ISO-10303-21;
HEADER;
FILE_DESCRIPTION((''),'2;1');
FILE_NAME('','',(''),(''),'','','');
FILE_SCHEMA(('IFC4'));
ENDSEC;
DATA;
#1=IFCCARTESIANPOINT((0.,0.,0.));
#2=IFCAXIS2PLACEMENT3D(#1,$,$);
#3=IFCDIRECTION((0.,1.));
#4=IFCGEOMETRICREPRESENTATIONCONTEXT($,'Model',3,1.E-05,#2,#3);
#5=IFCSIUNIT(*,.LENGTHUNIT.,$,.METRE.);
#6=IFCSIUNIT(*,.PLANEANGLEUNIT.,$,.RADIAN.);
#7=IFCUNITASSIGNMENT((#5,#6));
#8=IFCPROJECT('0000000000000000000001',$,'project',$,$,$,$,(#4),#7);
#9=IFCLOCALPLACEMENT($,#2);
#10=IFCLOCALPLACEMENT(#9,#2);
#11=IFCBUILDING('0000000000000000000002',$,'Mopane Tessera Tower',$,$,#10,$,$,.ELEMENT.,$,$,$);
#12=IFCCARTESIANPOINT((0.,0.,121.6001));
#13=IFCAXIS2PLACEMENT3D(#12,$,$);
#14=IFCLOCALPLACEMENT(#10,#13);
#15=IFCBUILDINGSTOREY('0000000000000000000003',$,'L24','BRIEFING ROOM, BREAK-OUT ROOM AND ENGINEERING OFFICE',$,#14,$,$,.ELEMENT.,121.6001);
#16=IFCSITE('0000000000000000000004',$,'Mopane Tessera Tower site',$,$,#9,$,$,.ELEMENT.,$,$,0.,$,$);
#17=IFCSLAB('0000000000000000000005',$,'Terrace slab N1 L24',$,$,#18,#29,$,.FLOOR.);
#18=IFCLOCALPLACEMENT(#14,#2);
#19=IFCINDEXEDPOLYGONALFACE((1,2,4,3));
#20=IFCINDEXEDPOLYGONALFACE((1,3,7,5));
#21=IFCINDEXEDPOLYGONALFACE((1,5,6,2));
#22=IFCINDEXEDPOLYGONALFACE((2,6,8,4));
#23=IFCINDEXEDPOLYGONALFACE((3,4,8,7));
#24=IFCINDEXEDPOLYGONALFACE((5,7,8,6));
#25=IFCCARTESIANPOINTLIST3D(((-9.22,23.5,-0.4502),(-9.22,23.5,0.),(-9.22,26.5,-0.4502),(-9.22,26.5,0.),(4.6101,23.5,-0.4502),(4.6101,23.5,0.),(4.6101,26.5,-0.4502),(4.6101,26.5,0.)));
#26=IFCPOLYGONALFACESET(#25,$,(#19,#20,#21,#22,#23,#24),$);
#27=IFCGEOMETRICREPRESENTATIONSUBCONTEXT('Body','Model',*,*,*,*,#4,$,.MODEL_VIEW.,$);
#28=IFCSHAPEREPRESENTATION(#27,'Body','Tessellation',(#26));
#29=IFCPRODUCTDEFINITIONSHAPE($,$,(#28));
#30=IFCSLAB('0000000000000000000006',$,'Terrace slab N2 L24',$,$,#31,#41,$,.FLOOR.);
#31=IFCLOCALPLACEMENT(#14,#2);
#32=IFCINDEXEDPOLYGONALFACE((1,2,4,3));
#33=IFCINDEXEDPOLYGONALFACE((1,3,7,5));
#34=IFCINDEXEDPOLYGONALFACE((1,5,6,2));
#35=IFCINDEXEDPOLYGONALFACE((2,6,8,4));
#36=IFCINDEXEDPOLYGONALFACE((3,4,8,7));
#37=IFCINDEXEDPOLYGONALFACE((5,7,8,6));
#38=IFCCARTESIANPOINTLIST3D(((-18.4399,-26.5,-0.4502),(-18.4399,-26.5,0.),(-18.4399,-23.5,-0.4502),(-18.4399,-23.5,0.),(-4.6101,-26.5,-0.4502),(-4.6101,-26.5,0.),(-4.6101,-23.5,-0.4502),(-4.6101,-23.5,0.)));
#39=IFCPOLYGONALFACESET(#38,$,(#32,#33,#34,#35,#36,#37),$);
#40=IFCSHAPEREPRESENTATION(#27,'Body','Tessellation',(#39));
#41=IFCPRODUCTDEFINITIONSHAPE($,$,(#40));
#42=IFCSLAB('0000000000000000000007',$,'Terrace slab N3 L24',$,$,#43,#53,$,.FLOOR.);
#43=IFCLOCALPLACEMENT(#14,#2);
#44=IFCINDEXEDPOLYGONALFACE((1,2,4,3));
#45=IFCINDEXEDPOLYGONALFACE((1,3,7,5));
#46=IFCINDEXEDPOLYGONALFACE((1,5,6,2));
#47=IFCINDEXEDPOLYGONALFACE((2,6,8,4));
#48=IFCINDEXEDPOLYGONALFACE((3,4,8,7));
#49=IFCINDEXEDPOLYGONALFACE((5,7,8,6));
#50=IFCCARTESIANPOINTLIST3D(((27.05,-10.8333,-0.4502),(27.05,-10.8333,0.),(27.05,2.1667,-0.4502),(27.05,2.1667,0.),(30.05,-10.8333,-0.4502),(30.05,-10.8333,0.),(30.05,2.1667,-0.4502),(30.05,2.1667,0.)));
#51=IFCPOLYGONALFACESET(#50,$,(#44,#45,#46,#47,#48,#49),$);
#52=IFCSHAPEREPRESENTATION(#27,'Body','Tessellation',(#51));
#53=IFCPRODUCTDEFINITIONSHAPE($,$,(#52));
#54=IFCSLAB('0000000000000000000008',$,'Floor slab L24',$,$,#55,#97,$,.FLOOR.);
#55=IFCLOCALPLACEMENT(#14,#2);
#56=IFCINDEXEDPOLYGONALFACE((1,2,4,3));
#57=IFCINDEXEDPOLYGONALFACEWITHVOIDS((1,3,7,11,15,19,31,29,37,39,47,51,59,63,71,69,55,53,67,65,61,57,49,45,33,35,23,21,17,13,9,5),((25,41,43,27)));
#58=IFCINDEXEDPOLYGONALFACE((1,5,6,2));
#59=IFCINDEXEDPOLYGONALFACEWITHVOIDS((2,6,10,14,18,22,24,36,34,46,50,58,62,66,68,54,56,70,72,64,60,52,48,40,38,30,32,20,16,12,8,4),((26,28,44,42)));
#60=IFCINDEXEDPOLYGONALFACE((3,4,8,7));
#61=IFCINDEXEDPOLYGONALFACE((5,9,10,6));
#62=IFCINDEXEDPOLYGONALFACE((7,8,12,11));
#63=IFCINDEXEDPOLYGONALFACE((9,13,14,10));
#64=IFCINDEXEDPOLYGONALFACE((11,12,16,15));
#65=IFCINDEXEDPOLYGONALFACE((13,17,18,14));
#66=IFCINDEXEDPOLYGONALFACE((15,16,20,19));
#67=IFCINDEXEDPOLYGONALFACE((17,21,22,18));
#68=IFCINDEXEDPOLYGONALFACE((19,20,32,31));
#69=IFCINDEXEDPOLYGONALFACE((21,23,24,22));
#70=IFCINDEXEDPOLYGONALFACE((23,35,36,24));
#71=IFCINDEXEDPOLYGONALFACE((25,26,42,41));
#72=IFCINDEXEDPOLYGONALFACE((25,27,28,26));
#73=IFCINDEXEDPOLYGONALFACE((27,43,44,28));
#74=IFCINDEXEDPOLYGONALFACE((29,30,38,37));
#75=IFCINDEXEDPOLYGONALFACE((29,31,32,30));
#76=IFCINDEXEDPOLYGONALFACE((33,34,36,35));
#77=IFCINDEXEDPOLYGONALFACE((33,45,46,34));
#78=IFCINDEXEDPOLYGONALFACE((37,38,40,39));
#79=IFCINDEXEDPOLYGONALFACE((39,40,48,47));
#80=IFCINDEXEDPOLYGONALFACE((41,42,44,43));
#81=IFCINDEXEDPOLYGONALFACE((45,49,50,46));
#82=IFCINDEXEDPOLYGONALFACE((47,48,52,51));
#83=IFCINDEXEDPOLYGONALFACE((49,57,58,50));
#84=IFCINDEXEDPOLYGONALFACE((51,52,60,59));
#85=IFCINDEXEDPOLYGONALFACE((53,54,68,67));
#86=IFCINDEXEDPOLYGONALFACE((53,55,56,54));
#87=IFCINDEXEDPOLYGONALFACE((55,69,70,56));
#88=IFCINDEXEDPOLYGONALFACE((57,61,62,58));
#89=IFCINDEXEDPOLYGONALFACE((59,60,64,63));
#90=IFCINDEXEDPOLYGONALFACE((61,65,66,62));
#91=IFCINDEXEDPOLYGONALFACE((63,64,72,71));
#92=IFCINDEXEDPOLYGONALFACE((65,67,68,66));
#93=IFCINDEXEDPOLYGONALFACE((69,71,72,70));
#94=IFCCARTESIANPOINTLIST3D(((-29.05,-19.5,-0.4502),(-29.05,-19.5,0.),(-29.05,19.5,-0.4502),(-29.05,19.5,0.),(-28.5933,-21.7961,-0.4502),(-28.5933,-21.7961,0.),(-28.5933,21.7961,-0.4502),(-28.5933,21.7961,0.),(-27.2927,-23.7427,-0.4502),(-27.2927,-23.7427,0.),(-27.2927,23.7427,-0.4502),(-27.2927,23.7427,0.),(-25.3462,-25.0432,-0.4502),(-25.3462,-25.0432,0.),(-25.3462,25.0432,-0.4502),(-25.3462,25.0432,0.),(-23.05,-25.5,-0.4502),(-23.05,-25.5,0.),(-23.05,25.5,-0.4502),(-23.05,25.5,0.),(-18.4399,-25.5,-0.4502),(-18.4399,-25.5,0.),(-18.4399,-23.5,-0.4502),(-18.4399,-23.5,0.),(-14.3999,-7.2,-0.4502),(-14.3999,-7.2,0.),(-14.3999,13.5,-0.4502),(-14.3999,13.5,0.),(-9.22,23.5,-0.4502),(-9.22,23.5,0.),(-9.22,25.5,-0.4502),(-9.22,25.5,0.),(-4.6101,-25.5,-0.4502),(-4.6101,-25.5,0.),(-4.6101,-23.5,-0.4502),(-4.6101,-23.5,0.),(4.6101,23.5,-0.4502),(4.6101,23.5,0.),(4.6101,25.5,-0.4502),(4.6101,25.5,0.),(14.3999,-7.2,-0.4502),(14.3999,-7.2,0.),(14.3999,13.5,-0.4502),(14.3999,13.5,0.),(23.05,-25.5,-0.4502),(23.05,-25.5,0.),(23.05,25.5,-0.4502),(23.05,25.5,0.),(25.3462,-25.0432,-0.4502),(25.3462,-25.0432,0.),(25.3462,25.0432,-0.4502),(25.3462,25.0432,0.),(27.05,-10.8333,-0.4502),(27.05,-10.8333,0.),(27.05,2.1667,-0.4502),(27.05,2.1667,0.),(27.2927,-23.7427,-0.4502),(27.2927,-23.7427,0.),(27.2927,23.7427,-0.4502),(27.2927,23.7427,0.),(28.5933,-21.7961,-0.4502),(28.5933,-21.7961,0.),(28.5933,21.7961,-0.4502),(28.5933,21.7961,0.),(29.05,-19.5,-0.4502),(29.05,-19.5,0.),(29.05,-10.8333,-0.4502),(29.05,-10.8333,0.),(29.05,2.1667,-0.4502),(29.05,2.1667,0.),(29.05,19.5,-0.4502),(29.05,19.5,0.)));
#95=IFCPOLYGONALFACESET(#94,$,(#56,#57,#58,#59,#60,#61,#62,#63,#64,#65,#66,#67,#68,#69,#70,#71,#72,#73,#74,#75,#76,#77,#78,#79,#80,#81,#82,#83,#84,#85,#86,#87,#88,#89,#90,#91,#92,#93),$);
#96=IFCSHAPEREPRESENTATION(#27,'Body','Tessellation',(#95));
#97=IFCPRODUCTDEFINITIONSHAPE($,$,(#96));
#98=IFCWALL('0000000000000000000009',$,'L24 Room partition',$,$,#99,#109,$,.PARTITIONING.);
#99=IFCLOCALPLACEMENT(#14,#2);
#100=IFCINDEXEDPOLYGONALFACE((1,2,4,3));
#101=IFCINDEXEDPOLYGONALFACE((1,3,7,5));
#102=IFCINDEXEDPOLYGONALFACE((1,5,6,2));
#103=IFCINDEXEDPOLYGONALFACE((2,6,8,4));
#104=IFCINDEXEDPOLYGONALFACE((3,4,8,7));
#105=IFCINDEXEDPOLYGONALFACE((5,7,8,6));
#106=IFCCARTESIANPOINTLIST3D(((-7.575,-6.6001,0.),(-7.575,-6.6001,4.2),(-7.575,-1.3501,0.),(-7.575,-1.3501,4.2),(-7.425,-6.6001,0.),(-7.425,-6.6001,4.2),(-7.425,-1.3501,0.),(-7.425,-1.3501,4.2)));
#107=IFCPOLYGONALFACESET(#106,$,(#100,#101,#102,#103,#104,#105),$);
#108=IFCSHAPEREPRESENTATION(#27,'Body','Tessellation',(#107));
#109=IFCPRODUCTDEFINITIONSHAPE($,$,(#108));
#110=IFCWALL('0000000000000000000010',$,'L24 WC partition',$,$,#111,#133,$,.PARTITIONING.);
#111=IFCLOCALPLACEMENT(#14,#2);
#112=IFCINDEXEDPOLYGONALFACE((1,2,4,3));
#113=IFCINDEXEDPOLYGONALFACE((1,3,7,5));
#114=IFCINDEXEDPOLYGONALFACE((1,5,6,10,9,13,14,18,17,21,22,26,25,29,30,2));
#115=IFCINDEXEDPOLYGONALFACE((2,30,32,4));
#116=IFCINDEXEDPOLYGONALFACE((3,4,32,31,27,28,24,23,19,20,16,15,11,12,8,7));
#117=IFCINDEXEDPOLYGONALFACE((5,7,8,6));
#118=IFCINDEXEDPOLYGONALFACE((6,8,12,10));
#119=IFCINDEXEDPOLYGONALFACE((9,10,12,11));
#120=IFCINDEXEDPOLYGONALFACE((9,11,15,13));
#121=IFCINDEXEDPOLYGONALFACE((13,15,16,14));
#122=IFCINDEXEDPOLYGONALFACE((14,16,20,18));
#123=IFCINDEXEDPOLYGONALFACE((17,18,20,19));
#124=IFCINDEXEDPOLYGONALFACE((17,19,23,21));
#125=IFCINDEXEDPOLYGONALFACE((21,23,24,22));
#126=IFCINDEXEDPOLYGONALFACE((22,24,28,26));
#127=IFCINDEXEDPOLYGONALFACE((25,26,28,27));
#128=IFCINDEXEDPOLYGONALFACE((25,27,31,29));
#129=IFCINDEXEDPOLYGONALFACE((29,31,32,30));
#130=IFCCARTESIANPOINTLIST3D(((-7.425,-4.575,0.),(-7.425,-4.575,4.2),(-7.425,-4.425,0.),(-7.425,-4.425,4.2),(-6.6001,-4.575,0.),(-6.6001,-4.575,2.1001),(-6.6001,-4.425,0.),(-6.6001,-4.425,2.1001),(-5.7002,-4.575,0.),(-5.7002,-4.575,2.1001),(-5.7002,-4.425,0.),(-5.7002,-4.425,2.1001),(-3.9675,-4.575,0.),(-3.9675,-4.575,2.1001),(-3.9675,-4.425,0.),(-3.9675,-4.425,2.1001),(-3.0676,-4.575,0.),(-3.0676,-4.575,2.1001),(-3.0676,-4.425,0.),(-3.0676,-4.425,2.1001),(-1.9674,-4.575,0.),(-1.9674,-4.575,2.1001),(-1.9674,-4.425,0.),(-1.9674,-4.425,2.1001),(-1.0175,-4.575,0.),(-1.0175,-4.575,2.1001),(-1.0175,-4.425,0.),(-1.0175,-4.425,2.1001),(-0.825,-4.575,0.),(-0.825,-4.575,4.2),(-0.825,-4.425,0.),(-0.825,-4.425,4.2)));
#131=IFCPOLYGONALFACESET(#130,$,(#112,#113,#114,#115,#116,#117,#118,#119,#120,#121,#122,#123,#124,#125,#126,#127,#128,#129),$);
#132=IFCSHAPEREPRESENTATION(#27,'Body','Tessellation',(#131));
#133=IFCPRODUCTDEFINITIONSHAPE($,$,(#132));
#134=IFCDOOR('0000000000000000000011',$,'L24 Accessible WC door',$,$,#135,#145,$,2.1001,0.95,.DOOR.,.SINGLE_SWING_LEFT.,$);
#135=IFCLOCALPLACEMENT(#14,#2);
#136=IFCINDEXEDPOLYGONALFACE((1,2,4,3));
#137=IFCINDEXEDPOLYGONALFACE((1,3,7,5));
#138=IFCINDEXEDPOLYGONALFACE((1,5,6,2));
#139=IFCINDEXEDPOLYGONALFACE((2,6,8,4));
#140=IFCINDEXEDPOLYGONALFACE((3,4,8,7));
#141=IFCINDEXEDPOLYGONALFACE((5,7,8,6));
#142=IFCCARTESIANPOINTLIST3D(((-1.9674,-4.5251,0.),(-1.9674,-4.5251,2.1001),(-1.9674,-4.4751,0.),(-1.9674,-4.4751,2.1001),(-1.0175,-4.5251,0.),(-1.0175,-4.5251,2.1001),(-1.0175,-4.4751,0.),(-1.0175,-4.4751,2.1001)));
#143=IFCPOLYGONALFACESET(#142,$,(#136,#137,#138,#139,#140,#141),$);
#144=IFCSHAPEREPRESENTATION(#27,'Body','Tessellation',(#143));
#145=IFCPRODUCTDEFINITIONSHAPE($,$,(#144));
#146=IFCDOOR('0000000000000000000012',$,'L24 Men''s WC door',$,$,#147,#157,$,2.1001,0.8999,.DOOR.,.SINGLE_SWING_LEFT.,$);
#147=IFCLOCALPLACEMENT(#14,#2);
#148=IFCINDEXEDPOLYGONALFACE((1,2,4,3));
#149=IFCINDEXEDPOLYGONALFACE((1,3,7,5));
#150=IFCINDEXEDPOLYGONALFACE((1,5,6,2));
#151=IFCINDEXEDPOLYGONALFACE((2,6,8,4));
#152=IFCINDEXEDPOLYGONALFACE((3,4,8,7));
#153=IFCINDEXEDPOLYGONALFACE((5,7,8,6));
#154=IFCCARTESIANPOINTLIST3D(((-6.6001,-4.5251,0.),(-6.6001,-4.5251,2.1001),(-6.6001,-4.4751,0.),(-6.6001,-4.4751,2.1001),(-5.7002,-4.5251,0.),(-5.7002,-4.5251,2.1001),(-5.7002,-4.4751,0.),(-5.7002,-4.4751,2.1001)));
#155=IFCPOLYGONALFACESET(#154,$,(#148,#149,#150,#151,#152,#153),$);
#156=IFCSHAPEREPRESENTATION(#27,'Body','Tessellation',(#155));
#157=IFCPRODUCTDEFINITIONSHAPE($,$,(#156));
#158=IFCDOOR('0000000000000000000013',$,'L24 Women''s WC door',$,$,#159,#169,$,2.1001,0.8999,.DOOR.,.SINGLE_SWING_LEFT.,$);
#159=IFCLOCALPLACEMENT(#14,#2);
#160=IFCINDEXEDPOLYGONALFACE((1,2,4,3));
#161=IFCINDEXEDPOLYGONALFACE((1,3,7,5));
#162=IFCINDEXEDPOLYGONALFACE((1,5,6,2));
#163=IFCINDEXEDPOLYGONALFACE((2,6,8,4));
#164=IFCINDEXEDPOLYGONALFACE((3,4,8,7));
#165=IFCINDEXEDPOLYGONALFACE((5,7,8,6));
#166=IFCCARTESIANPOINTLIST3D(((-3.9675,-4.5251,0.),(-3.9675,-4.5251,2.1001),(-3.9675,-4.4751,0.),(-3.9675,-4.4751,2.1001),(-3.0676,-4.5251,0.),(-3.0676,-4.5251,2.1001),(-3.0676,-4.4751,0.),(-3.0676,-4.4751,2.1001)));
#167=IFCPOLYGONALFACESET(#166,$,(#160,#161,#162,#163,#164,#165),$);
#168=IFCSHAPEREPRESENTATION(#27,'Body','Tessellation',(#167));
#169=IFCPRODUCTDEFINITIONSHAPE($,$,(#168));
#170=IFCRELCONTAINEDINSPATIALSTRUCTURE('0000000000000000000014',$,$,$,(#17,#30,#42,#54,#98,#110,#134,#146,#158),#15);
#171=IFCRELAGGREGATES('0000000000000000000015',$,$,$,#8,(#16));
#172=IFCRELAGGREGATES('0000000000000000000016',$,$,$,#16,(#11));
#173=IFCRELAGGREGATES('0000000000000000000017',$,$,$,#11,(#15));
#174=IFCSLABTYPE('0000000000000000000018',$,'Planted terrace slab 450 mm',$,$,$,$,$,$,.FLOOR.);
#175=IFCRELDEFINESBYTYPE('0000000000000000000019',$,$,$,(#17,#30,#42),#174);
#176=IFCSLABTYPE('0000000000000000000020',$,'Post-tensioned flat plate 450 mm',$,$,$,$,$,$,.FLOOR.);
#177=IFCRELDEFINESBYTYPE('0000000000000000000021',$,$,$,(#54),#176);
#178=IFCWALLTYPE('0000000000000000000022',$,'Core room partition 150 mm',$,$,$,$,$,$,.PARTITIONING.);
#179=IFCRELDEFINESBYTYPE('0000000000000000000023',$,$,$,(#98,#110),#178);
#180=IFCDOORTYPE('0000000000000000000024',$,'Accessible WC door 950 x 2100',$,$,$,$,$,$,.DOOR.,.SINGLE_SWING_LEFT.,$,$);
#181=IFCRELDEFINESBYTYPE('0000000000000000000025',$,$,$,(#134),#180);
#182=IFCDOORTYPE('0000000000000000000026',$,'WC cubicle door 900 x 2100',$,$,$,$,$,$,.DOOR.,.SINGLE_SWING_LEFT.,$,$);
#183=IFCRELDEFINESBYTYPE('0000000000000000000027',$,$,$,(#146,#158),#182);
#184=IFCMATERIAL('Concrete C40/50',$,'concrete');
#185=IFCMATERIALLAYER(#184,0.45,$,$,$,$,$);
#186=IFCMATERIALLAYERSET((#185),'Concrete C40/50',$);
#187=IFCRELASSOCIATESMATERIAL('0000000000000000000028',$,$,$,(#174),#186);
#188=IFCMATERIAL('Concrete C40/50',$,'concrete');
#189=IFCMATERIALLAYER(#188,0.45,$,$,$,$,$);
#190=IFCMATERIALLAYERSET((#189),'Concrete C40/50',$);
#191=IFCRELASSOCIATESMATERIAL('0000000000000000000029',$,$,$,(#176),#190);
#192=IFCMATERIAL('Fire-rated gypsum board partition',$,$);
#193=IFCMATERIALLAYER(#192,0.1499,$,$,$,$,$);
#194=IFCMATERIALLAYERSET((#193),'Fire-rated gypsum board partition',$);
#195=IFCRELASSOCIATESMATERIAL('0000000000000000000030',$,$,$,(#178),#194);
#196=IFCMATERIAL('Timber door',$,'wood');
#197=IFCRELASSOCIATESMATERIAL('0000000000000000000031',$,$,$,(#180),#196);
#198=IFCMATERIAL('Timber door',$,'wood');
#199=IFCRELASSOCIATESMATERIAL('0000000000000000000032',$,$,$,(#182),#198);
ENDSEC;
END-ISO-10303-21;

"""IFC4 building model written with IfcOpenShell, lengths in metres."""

from ifc_helpers import new_model, si_unit, direction, frame, frame_2d, origin, place, context, subcontext, project, spatial, polyline, rectangle, outline, extrude, material, layer, layer_set, type_object, element, fill, save


model = new_model("IFC4")

# Units and contexts
model_context = context("Model", 3, precision=1e-05, world=origin(), true_north=direction((0.0, 1.0)))
body_context = subcontext(model_context, "Body", "Model", "MODEL_VIEW")
ifc_project = project(units=[si_unit("LENGTHUNIT", "METRE"), si_unit("PLANEANGLEUNIT", "RADIAN")], contexts=[model_context])

# Site, building, storey
site_placement = place(None, origin())
site = spatial("IfcSite", under=ifc_project, at=site_placement, Name="Mopane Tessera Tower site", CompositionType="ELEMENT", RefElevation=0.0)
building_placement = place(site_placement, origin())
building = spatial("IfcBuilding", under=site, at=building_placement, Name="Mopane Tessera Tower", CompositionType="ELEMENT")
storey_placement = place(building_placement, frame((0.0, 0.0, 121.6001)))
storey = spatial("IfcBuildingStorey", under=building, at=storey_placement, Name="L24", Description="BRIEFING ROOM, BREAK-OUT ROOM AND ENGINEERING OFFICE", CompositionType="ELEMENT", Elevation=121.6001)

# Slabs
ifc_material_1 = material(Name="Concrete C40/50", Category="concrete")
ifc_layer_1 = layer(ifc_material_1, 0.45)
ifc_layer_set_1 = layer_set([ifc_layer_1], Name="Concrete C40/50")
slab_type_1 = type_object("IfcSlabType", Name="Planted terrace slab 450 mm", PredefinedType="FLOOR", material=ifc_layer_set_1)
slab_1_placement = place(storey_placement, frame((0.0, 0.0, -0.4502)))
element("IfcSlab", 1, at=slab_1_placement, inside=storey, type_object=slab_type_1, Name="Terrace slab N1 L24", PredefinedType="FLOOR", context=body_context, shape_type="SweptSolid", body=[
    extrude(outline(polyline([(-9.22, 26.5), (-9.22, 23.5), (4.6101, 23.5), (4.6101, 26.5), (-9.22, 26.5)])), origin(), (0.0, 0.0, 1.0), 0.4502),
])
slab_2_placement = place(storey_placement, frame((0.0, 0.0, -0.4502)))
element("IfcSlab", 2, at=slab_2_placement, inside=storey, type_object=slab_type_1, Name="Terrace slab N2 L24", PredefinedType="FLOOR", context=body_context, shape_type="SweptSolid", body=[
    extrude(outline(polyline([(-4.6101, -26.5), (-4.6101, -23.5), (-18.4399, -23.5), (-18.4399, -26.5), (-4.6101, -26.5)])), origin(), (0.0, 0.0, 1.0), 0.4502),
])
slab_3_placement = place(storey_placement, frame((0.0, 0.0, -0.4502)))
element("IfcSlab", 3, at=slab_3_placement, inside=storey, type_object=slab_type_1, Name="Terrace slab N3 L24", PredefinedType="FLOOR", context=body_context, shape_type="SweptSolid", body=[
    extrude(outline(polyline([(30.05, 2.1667), (27.05, 2.1667), (27.05, -10.8333), (30.05, -10.8333), (30.05, 2.1667)])), origin(), (0.0, 0.0, 1.0), 0.4502),
])
ifc_material_2 = material(Name="Concrete C40/50", Category="concrete")
ifc_layer_2 = layer(ifc_material_2, 0.45)
ifc_layer_set_2 = layer_set([ifc_layer_2], Name="Concrete C40/50")
slab_type_2 = type_object("IfcSlabType", Name="Post-tensioned flat plate 450 mm", PredefinedType="FLOOR", material=ifc_layer_set_2)
slab_4_placement = place(storey_placement, frame((0.0, 0.0, -0.4502)))
element("IfcSlab", 4, at=slab_4_placement, inside=storey, type_object=slab_type_2, Name="Floor slab L24", PredefinedType="FLOOR", context=body_context, shape_type="SweptSolid", body=[
    extrude(outline(polyline([(-23.05, -25.5), (-18.4399, -25.5), (-18.4399, -23.5), (-4.6101, -23.5), (-4.6101, -25.5), (23.05, -25.5), (25.3462, -25.0432), (27.2927, -23.7427), (28.5933, -21.7961), (29.05, -19.5), (29.05, -10.8333), (27.05, -10.8333), (27.05, 2.1667), (29.05, 2.1667), (29.05, 19.5), (28.5933, 21.7961), (27.2927, 23.7427), (25.3462, 25.0432), (23.05, 25.5), (4.6101, 25.5), (4.6101, 23.5), (-9.22, 23.5), (-9.22, 25.5), (-23.05, 25.5), (-25.3462, 25.0432), (-27.2927, 23.7427), (-28.5933, 21.7961), (-29.05, 19.5), (-29.05, -19.5), (-28.5933, -21.7961), (-27.2927, -23.7427), (-25.3462, -25.0432), (-23.05, -25.5)]), holes=[polyline([(14.3999, -7.2), (-14.3999, -7.2), (-14.3999, 13.5), (14.3999, 13.5), (14.3999, -7.2)])]), origin(), (0.0, 0.0, 1.0), 0.4502),
])

# Wall
ifc_material_3 = material(Name="Fire-rated gypsum board partition")
ifc_layer_3 = layer(ifc_material_3, 0.1499)
ifc_layer_set_3 = layer_set([ifc_layer_3], Name="Fire-rated gypsum board partition")
wall_type_1 = type_object("IfcWallType", Name="Core room partition 150 mm", PredefinedType="PARTITIONING", material=ifc_layer_set_3)
wall_1_placement = place(storey_placement, frame((-7.5, -6.6001, 0.0), z_axis=(0.0, 0.0, 1.0), x_axis=(0.0, 1.0, 0.0)))
element("IfcWall", 5, at=wall_1_placement, inside=storey, type_object=wall_type_1, Name="L24 Room partition", PredefinedType="PARTITIONING", context=body_context, shape_type="SweptSolid", body=[
    extrude(rectangle(XDim=5.25, YDim=0.1499, at=frame_2d((2.625, 0.0))), origin(), (0.0, 0.0, 1.0), 4.2),
])

# Wall, openings, doors
wall_2_placement = place(storey_placement, frame((-7.425, -4.5, 0.0), z_axis=(0.0, 0.0, 1.0), x_axis=(1.0, 0.0, 0.0)))
wall_2 = element("IfcWall", 6, at=wall_2_placement, inside=storey, type_object=wall_type_1, Name="L24 WC partition", PredefinedType="PARTITIONING", context=body_context, shape_type="SweptSolid", body=[
    extrude(rectangle(XDim=6.6001, YDim=0.1499, at=frame_2d((3.3, 0.0))), origin(), (0.0, 0.0, 1.0), 4.2),
])
opening_1_placement = place(wall_2_placement, frame((0.825, 0.0, 0.0)))
opening_1 = element("IfcOpeningElement", 7, at=opening_1_placement, cuts=wall_2, PredefinedType="OPENING", context=body_context, shape_type="SweptSolid", body=[
    extrude(rectangle(XDim=0.8999, YDim=2.1001, at=frame_2d((0.45, 1.05))), frame((0.0, 0.0869, 0.0), z_axis=(0.0, -1.0, 0.0), x_axis=(1.0, 0.0, 0.0)), (0.0, 0.0, 1.0), 0.1738),
])
opening_2_placement = place(wall_2_placement, frame((3.4575, 0.0, 0.0)))
opening_2 = element("IfcOpeningElement", 8, at=opening_2_placement, cuts=wall_2, PredefinedType="OPENING", context=body_context, shape_type="SweptSolid", body=[
    extrude(rectangle(XDim=0.8999, YDim=2.1001, at=frame_2d((0.45, 1.05))), frame((0.0, 0.0869, 0.0), z_axis=(0.0, -1.0, 0.0), x_axis=(1.0, 0.0, 0.0)), (0.0, 0.0, 1.0), 0.1738),
])
opening_3_placement = place(wall_2_placement, frame((5.4575, 0.0, 0.0)))
opening_3 = element("IfcOpeningElement", 9, at=opening_3_placement, cuts=wall_2, PredefinedType="OPENING", context=body_context, shape_type="SweptSolid", body=[
    extrude(rectangle(XDim=0.95, YDim=2.1001, at=frame_2d((0.4751, 1.05))), frame((0.0, 0.0869, 0.0), z_axis=(0.0, -1.0, 0.0), x_axis=(1.0, 0.0, 0.0)), (0.0, 0.0, 1.0), 0.1738),
])
ifc_material_4 = material(Name="Timber door", Category="wood")
door_type_1 = type_object("IfcDoorType", Name="Accessible WC door 950 x 2100", OperationType="SINGLE_SWING_LEFT", PredefinedType="DOOR", material=ifc_material_4)
door_1_placement = place(opening_3_placement, origin())
door_1 = element("IfcDoor", 10, at=door_1_placement, inside=storey, type_object=door_type_1, Name="L24 Accessible WC door", OperationType="SINGLE_SWING_LEFT", OverallHeight=2.1001, OverallWidth=0.95, PredefinedType="DOOR", context=body_context, shape_type="SweptSolid", body=[
    extrude(rectangle(XDim=0.95, YDim=2.1001, at=frame_2d((0.4751, 1.05))), frame((0.0, 0.0249, 0.0), z_axis=(0.0, -1.0, 0.0), x_axis=(1.0, 0.0, 0.0)), (0.0, 0.0, 1.0), 0.05),
])
fill(opening_3, door_1)
ifc_material_5 = material(Name="Timber door", Category="wood")
door_type_2 = type_object("IfcDoorType", Name="WC cubicle door 900 x 2100", OperationType="SINGLE_SWING_LEFT", PredefinedType="DOOR", material=ifc_material_5)
door_2_placement = place(opening_1_placement, origin())
door_2 = element("IfcDoor", 11, at=door_2_placement, inside=storey, type_object=door_type_2, Name="L24 Men's WC door", OperationType="SINGLE_SWING_LEFT", OverallHeight=2.1001, OverallWidth=0.8999, PredefinedType="DOOR", context=body_context, shape_type="SweptSolid", body=[
    extrude(rectangle(XDim=0.8999, YDim=2.1001, at=frame_2d((0.45, 1.05))), frame((0.0, 0.0249, 0.0), z_axis=(0.0, -1.0, 0.0), x_axis=(1.0, 0.0, 0.0)), (0.0, 0.0, 1.0), 0.05),
])
fill(opening_1, door_2)
door_3_placement = place(opening_2_placement, origin())
door_3 = element("IfcDoor", 12, at=door_3_placement, inside=storey, type_object=door_type_2, Name="L24 Women's WC door", OperationType="SINGLE_SWING_LEFT", OverallHeight=2.1001, OverallWidth=0.8999, PredefinedType="DOOR", context=body_context, shape_type="SweptSolid", body=[
    extrude(rectangle(XDim=0.8999, YDim=2.1001, at=frame_2d((0.45, 1.05))), frame((0.0, 0.0249, 0.0), z_axis=(0.0, -1.0, 0.0), x_axis=(1.0, 0.0, 0.0)), (0.0, 0.0, 1.0), 0.05),
])
fill(opening_2, door_3)

save(model, "model.ifc")
